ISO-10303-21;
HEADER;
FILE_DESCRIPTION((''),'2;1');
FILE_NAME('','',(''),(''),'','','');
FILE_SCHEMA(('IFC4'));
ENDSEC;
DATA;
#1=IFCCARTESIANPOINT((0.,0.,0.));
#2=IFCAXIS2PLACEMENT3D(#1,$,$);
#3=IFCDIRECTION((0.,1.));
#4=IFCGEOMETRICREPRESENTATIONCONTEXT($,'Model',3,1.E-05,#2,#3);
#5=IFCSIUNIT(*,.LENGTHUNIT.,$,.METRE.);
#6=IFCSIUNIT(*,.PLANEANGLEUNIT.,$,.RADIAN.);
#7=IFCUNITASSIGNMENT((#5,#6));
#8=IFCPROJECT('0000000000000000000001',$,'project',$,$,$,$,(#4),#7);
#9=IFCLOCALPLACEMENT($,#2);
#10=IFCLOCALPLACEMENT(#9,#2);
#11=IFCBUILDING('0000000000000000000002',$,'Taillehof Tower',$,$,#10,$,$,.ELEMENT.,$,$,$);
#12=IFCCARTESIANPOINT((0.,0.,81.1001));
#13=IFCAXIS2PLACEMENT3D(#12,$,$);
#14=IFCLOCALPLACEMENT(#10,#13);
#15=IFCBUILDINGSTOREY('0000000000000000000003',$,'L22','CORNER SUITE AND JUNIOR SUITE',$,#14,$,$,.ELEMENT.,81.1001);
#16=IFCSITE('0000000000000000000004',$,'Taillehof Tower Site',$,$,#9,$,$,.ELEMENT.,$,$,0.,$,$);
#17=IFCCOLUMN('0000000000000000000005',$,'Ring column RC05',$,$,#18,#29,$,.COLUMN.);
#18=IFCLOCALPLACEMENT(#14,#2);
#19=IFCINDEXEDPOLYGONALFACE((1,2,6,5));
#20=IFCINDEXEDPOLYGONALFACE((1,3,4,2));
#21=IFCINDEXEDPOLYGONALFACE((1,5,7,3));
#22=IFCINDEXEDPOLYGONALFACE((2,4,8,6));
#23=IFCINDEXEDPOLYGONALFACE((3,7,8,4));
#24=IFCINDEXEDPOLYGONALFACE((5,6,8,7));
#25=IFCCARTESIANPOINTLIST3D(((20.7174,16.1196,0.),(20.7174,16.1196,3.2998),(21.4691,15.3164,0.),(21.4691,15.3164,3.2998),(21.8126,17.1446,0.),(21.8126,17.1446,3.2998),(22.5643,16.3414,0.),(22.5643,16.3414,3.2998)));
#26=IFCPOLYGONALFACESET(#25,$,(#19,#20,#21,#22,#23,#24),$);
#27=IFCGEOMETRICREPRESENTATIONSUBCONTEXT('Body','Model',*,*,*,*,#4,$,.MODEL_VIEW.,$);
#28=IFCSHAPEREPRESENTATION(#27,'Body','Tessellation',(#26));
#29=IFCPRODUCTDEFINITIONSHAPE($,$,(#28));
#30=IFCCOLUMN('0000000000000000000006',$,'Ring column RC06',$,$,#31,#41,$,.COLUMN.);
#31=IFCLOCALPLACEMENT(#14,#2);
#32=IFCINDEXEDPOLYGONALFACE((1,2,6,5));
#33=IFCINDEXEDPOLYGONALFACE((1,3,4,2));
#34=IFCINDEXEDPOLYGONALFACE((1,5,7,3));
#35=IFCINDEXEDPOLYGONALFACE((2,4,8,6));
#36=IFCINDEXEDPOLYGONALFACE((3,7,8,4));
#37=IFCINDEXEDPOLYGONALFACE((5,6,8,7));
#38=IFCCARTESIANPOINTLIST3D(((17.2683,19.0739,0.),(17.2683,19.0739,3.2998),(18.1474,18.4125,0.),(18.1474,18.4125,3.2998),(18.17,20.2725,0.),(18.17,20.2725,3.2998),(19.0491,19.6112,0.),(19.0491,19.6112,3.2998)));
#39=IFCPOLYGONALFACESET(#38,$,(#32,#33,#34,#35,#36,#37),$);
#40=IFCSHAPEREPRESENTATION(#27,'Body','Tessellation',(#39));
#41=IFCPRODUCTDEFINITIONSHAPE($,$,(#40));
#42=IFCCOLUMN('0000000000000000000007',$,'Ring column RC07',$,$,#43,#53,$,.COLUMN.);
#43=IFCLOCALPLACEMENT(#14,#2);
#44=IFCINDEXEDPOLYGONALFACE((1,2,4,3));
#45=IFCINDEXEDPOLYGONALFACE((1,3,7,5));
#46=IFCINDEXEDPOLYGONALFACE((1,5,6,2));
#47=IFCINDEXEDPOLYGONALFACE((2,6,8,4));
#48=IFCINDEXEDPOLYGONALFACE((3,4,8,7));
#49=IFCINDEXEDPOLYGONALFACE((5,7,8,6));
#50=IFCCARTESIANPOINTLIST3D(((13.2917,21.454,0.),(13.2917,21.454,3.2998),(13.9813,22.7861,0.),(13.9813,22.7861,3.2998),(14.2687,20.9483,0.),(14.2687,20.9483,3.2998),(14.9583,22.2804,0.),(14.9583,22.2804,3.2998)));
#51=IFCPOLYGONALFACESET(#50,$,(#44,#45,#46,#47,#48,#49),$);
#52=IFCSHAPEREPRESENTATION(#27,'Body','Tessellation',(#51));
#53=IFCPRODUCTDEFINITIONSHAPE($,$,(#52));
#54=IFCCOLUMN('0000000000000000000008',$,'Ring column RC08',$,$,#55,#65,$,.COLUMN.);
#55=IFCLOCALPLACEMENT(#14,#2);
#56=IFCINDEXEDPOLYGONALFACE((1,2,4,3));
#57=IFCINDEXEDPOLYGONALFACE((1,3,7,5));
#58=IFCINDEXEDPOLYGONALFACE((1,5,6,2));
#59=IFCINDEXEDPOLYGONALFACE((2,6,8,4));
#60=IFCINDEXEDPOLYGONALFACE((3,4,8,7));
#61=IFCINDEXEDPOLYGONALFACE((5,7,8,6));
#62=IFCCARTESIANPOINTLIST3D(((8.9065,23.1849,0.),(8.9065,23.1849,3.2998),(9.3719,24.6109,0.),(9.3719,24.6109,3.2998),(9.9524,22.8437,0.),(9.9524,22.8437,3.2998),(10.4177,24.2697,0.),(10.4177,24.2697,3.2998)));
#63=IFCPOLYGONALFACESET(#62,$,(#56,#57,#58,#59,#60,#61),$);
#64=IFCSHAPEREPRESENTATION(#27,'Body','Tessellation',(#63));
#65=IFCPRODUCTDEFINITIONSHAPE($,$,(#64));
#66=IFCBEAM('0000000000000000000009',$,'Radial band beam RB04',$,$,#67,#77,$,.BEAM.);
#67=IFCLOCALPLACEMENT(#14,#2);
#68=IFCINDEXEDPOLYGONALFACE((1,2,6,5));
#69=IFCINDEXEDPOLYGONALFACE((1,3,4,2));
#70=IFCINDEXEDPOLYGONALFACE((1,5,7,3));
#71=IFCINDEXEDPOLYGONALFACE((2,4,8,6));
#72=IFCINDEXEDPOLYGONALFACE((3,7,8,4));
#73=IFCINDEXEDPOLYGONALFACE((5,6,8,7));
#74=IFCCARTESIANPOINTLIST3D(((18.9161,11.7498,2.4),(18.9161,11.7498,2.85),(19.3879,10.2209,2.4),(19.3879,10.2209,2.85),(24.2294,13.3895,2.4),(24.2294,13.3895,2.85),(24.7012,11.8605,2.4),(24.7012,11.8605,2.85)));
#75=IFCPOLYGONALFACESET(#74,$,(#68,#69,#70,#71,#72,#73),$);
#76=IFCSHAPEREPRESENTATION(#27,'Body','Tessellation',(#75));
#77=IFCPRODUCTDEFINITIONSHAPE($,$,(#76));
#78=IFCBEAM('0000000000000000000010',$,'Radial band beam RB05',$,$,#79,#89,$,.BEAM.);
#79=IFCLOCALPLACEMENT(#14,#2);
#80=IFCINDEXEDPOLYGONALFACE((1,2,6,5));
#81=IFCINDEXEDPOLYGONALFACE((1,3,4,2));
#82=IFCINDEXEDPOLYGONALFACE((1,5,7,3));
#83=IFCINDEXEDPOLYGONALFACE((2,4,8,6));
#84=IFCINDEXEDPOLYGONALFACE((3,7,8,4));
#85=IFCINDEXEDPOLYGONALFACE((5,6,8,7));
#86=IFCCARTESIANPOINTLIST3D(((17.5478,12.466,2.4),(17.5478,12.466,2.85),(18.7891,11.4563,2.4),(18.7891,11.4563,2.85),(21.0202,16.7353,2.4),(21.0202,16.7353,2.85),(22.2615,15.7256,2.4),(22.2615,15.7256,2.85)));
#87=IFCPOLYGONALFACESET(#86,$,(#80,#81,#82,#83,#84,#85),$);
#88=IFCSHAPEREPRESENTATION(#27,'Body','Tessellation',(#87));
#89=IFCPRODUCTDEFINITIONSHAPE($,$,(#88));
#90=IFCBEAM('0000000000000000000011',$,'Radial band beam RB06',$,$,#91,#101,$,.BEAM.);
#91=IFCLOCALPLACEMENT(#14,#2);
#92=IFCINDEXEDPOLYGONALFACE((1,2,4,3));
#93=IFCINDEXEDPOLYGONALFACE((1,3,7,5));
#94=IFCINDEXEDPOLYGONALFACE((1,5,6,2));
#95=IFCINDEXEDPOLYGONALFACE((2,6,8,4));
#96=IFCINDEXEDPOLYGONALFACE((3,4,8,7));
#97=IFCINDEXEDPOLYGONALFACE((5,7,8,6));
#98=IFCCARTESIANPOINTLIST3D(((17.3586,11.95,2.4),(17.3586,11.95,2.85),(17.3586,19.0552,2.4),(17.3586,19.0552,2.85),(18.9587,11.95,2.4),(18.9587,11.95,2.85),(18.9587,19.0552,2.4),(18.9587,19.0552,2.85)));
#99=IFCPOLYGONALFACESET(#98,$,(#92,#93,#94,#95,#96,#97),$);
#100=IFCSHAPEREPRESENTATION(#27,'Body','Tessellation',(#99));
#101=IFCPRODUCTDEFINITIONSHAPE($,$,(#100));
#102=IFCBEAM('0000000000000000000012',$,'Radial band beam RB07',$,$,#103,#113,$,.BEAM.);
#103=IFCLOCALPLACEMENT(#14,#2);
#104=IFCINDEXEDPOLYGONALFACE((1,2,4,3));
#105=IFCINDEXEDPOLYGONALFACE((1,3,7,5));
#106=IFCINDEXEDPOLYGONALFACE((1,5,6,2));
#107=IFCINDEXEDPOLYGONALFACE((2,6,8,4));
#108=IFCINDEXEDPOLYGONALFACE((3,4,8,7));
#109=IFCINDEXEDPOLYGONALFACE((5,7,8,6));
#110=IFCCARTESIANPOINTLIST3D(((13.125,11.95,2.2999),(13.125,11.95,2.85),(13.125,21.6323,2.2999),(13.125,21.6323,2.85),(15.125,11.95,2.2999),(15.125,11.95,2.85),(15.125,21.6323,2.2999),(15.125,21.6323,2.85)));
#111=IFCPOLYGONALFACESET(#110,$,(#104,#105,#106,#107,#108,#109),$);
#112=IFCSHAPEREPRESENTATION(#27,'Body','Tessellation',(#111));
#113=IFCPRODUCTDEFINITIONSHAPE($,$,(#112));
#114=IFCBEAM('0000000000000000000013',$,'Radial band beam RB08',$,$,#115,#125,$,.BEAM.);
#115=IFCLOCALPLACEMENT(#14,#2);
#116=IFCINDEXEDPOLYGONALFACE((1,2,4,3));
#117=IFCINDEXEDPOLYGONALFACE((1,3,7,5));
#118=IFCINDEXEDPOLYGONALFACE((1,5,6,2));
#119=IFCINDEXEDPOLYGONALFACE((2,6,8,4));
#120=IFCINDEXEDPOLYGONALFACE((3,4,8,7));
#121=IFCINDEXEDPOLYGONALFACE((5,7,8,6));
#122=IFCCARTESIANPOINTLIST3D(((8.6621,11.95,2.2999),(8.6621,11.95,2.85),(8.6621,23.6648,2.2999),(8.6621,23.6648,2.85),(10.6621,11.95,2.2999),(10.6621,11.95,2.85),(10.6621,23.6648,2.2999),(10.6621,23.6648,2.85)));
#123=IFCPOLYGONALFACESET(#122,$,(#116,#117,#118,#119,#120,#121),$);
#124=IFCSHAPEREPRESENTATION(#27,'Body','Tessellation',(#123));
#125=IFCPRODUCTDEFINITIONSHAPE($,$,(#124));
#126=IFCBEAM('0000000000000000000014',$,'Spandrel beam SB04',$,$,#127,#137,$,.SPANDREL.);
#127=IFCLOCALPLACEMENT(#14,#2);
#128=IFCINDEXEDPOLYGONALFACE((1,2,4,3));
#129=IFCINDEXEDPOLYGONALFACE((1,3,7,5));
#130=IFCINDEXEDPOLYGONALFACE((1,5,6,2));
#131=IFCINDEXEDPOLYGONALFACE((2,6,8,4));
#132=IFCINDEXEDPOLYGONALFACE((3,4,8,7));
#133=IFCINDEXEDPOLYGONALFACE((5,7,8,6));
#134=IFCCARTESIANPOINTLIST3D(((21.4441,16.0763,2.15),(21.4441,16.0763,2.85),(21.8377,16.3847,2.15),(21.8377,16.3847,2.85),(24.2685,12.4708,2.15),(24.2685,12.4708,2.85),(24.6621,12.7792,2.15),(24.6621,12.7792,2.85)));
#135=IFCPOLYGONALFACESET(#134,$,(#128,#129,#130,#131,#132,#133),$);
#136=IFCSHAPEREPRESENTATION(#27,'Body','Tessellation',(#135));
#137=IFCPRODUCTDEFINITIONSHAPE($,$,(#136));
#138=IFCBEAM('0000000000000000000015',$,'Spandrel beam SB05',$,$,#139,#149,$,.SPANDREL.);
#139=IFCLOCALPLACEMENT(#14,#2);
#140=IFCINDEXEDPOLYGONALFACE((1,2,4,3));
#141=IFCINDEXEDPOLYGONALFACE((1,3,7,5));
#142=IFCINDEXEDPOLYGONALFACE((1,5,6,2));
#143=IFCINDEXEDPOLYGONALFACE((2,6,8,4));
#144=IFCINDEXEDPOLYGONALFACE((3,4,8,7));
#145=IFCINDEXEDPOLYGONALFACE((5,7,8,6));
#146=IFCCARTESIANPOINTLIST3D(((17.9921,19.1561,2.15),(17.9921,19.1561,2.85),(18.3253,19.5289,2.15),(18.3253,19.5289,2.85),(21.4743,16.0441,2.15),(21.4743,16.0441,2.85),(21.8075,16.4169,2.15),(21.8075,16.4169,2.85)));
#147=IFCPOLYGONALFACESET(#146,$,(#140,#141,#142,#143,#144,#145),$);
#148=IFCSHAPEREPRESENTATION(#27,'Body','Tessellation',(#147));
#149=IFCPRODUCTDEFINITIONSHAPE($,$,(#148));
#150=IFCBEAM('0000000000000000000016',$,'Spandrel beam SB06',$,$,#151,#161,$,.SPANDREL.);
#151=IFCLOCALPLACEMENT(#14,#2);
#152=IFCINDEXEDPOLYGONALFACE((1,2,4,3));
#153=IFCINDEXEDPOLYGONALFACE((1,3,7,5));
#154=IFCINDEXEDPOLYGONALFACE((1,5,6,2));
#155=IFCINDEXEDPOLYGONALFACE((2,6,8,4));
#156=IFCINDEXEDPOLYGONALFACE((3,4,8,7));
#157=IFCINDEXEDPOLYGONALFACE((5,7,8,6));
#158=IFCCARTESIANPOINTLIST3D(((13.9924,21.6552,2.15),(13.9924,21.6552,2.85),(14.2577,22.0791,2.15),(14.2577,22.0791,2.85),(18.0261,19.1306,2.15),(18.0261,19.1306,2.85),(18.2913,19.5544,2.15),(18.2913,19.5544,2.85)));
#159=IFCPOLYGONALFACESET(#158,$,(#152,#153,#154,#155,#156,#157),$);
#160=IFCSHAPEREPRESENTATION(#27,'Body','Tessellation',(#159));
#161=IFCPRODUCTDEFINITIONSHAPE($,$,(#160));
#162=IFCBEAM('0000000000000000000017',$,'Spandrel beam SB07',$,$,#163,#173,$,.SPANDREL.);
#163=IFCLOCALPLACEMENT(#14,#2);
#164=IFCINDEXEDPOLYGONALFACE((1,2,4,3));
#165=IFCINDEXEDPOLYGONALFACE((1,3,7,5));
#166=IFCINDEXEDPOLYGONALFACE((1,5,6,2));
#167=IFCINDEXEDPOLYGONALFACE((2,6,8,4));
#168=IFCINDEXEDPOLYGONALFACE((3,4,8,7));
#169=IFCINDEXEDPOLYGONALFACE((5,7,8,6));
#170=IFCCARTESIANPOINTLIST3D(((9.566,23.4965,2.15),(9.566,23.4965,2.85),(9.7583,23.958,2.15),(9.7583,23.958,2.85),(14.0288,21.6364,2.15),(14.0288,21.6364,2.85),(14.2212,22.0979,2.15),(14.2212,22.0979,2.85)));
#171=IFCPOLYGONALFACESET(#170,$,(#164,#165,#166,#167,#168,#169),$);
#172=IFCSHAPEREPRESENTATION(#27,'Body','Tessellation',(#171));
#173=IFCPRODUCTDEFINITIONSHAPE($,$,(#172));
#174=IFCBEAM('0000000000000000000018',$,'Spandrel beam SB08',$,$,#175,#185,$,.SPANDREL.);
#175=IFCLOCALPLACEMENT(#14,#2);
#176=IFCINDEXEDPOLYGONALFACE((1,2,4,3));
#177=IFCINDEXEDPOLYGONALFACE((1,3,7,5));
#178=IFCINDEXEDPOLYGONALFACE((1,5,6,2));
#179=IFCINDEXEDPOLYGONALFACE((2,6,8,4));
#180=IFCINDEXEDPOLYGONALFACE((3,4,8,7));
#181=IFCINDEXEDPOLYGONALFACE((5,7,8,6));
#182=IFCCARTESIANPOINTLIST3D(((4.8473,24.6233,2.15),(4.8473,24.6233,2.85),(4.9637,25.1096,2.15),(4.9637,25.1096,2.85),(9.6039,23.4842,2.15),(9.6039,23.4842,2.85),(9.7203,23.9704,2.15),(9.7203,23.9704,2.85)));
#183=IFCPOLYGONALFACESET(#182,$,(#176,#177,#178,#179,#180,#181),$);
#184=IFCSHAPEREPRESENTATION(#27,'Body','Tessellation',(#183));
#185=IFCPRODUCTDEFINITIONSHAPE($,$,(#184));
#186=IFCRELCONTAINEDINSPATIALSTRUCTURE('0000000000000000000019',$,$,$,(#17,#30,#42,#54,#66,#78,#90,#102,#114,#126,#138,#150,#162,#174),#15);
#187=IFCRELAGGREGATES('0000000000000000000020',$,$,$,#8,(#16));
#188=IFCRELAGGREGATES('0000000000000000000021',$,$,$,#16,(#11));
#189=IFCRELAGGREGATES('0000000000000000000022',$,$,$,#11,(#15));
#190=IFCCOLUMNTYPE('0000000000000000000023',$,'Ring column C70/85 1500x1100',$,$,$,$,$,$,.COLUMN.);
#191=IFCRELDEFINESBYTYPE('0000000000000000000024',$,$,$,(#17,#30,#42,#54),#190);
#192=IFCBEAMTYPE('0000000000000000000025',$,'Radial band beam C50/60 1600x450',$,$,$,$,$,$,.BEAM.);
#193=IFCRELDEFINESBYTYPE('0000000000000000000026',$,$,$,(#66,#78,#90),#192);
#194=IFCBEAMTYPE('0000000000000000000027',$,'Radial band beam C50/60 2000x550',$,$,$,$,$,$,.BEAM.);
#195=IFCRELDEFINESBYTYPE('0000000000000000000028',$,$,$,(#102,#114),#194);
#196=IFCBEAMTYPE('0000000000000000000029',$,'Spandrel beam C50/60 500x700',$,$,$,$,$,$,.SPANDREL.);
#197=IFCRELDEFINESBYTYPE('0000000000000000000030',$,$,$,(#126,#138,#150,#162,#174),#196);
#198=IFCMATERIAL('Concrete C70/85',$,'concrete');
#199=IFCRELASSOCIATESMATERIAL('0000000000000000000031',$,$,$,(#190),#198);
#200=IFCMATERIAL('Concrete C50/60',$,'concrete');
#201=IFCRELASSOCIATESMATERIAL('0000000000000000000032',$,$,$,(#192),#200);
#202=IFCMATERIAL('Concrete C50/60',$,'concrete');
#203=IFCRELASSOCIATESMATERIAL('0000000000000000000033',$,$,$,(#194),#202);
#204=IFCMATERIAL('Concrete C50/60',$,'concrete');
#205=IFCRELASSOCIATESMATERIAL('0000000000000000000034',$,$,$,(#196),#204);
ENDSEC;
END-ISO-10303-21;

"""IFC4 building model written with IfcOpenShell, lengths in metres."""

from ifc_helpers import new_model, si_unit, direction, frame, origin, origin_2d, place, context, subcontext, project, spatial, rectangle, extrude, material, material_profile, profile_set, type_object, element, save


model = new_model("IFC4")

# Units and contexts
model_context = context("Model", 3, precision=1e-05, world=origin(), true_north=direction((0.0, 1.0)))
body_context = subcontext(model_context, "Body", "Model", "MODEL_VIEW")
ifc_project = project(units=[si_unit("LENGTHUNIT", "METRE"), si_unit("PLANEANGLEUNIT", "RADIAN")], contexts=[model_context])

# Site, building, storey
site_placement = place(None, origin())
site = spatial("IfcSite", under=ifc_project, at=site_placement, Name="Taillehof Tower Site", CompositionType="ELEMENT", RefElevation=0.0)
building_placement = place(site_placement, origin())
building = spatial("IfcBuilding", under=site, at=building_placement, Name="Taillehof Tower", CompositionType="ELEMENT")
storey_placement = place(building_placement, frame((0.0, 0.0, 81.1001)))
storey = spatial("IfcBuildingStorey", under=building, at=storey_placement, Name="L22", Description="CORNER SUITE AND JUNIOR SUITE", CompositionType="ELEMENT", Elevation=81.1001)

# Columns
ifc_material_1 = material(Name="Concrete C70/85", Category="concrete")
ifc_material_profile_1 = material_profile(ifc_material_1, rectangle(XDim=1.5, YDim=1.1001, at=origin_2d()), Name="RC 1500x1100")
ifc_profile_set_1 = profile_set([ifc_material_profile_1], Name="Concrete C70/85")
column_type = type_object("IfcColumnType", Name="Ring column C70/85 1500x1100", PredefinedType="COLUMN", material=ifc_profile_set_1)
for number, where, z_axis, x_axis, name in (
    (1, (21.6409, 16.2305, 0.0), (0.0, 0.0, 1.0), (0.730113, 0.683326, 0.0), "Ring column RC05"),
    (2, (18.1587, 19.3425, 0.0), (0.0, 0.0, 1.0), (0.601174, 0.799118, 0.0), "Ring column RC06"),
    (3, (14.125, 21.8672, 0.0), (0.0, 0.0, 1.0), (0.459691, 0.888079, 0.0), "Ring column RC07"),
    (4, (9.6621, 23.7273, 0.0), (0.0, 0.0, 1.0), (0.310219, 0.950665, 0.0), "Ring column RC08"),
):
    element("IfcColumn", number, at=place(storey_placement, frame(where, z_axis=z_axis, x_axis=x_axis)), inside=storey, type_object=column_type, Name=name, PredefinedType="COLUMN", context=body_context, shape_type="SweptSolid", body=[
        extrude(rectangle(XDim=1.5, YDim=1.1001, at=origin_2d()), origin(), (0.0, 0.0, 1.0), 3.2998),
    ])

# Beams
ifc_material_2 = material(Name="Concrete C50/60", Category="concrete")
ifc_material_profile_2 = material_profile(ifc_material_2, rectangle(XDim=1.6001, YDim=0.45, at=origin_2d()), Name="RC 1600x450")
ifc_profile_set_2 = profile_set([ifc_material_profile_2], Name="Concrete C50/60")
beam_type_1 = type_object("IfcBeamType", Name="Radial band beam C50/60 1600x450", PredefinedType="BEAM", material=ifc_profile_set_2)
beam_1_placement = place(storey_placement, frame((24.4653, 12.625, 2.625), z_axis=(-0.955536, -0.294876, 0.0), x_axis=(0.294876, -0.955536, 0.0)))
element("IfcBeam", 5, at=beam_1_placement, inside=storey, type_object=beam_type_1, Name="Radial band beam RB04", PredefinedType="BEAM", context=body_context, shape_type="SweptSolid", body=[
    extrude(rectangle(XDim=1.6001, YDim=0.45, at=origin_2d()), origin(), (0.0, 0.0, 1.0), 5.5605),
])
beam_2_placement = place(storey_placement, frame((21.6409, 16.2305, 2.625), z_axis=(-0.630988, -0.775792, 0.0), x_axis=(0.775792, -0.630988, 0.0)))
element("IfcBeam", 6, at=beam_2_placement, inside=storey, type_object=beam_type_1, Name="Radial band beam RB05", PredefinedType="BEAM", context=body_context, shape_type="SweptSolid", body=[
    extrude(rectangle(XDim=1.6001, YDim=0.45, at=origin_2d()), origin(), (0.0, 0.0, 1.0), 5.5032),
])
beam_3_placement = place(storey_placement, frame((18.1587, 19.0552, 2.625), z_axis=(0.0, -1.0, 0.0), x_axis=(1.0, 0.0, 0.0)))
element("IfcBeam", 7, at=beam_3_placement, inside=storey, type_object=beam_type_1, Name="Radial band beam RB06", PredefinedType="BEAM", context=body_context, shape_type="SweptSolid", body=[
    extrude(rectangle(XDim=1.6001, YDim=0.45, at=origin_2d()), origin(), (0.0, 0.0, 1.0), 7.1052),
])
ifc_material_3 = material(Name="Concrete C50/60", Category="concrete")
ifc_material_profile_3 = material_profile(ifc_material_3, rectangle(XDim=2.0, YDim=0.55, at=origin_2d()), Name="RC 2000x550")
ifc_profile_set_3 = profile_set([ifc_material_profile_3], Name="Concrete C50/60")
beam_type_2 = type_object("IfcBeamType", Name="Radial band beam C50/60 2000x550", PredefinedType="BEAM", material=ifc_profile_set_3)
beam_4_placement = place(storey_placement, frame((14.125, 21.6323, 2.575), z_axis=(0.0, -1.0, 0.0), x_axis=(1.0, 0.0, 0.0)))
element("IfcBeam", 8, at=beam_4_placement, inside=storey, type_object=beam_type_2, Name="Radial band beam RB07", PredefinedType="BEAM", context=body_context, shape_type="SweptSolid", body=[
    extrude(rectangle(XDim=2.0, YDim=0.55, at=origin_2d()), origin(), (0.0, 0.0, 1.0), 9.6824),
])
beam_5_placement = place(storey_placement, frame((9.6621, 23.6648, 2.575), z_axis=(0.0, -1.0, 0.0), x_axis=(1.0, 0.0, 0.0)))
element("IfcBeam", 9, at=beam_5_placement, inside=storey, type_object=beam_type_2, Name="Radial band beam RB08", PredefinedType="BEAM", context=body_context, shape_type="SweptSolid", body=[
    extrude(rectangle(XDim=2.0, YDim=0.55, at=origin_2d()), origin(), (0.0, 0.0, 1.0), 11.7148),
])
ifc_material_4 = material(Name="Concrete C50/60", Category="concrete")
ifc_material_profile_4 = material_profile(ifc_material_4, rectangle(XDim=0.5, YDim=0.7, at=origin_2d()), Name="RC 500x700")
ifc_profile_set_4 = profile_set([ifc_material_profile_4], Name="Concrete C50/60")
beam_type_3 = type_object("IfcBeamType", Name="Spandrel beam C50/60 500x700", PredefinedType="SPANDREL", material=ifc_profile_set_4)
beam_6_placement = place(storey_placement, frame((24.4653, 12.625, 2.5), z_axis=(-0.616686, 0.787209, 0.0), x_axis=(-0.787209, -0.616686, 0.0)))
element("IfcBeam", 10, at=beam_6_placement, inside=storey, type_object=beam_type_3, Name="Spandrel beam SB04", PredefinedType="SPANDREL", context=body_context, shape_type="SweptSolid", body=[
    extrude(rectangle(XDim=0.5, YDim=0.7, at=origin_2d()), origin(), (0.0, 0.0, 1.0), 4.5801),
])
beam_7_placement = place(storey_placement, frame((21.6409, 16.2305, 2.5), z_axis=(-0.745621, 0.66637, 0.0), x_axis=(-0.66637, -0.745621, 0.0)))
element("IfcBeam", 11, at=beam_7_placement, inside=storey, type_object=beam_type_3, Name="Spandrel beam SB05", PredefinedType="SPANDREL", context=body_context, shape_type="SweptSolid", body=[
    extrude(rectangle(XDim=0.5, YDim=0.7, at=origin_2d()), origin(), (0.0, 0.0, 1.0), 4.6702),
])
beam_8_placement = place(storey_placement, frame((18.1587, 19.3425, 2.5), z_axis=(-0.847658, 0.530543, 0.0), x_axis=(-0.530543, -0.847658, 0.0)))
element("IfcBeam", 12, at=beam_8_placement, inside=storey, type_object=beam_type_3, Name="Spandrel beam SB06", PredefinedType="SPANDREL", context=body_context, shape_type="SweptSolid", body=[
    extrude(rectangle(XDim=0.5, YDim=0.7, at=origin_2d()), origin(), (0.0, 0.0, 1.0), 4.7585),
])
beam_9_placement = place(storey_placement, frame((14.125, 21.8672, 2.5), z_axis=(-0.923035, 0.384716, 0.0), x_axis=(-0.384716, -0.923035, 0.0)))
element("IfcBeam", 13, at=beam_9_placement, inside=storey, type_object=beam_type_3, Name="Spandrel beam SB07", PredefinedType="SPANDREL", context=body_context, shape_type="SweptSolid", body=[
    extrude(rectangle(XDim=0.5, YDim=0.7, at=origin_2d()), origin(), (0.0, 0.0, 1.0), 4.835),
])
beam_10_placement = place(storey_placement, frame((9.6621, 23.7273, 2.5), z_axis=(-0.9725, 0.232905, 0.0), x_axis=(-0.232905, -0.9725, 0.0)))
element("IfcBeam", 14, at=beam_10_placement, inside=storey, type_object=beam_type_3, Name="Spandrel beam SB08", PredefinedType="SPANDREL", context=body_context, shape_type="SweptSolid", body=[
    extrude(rectangle(XDim=0.5, YDim=0.7, at=origin_2d()), origin(), (0.0, 0.0, 1.0), 4.8911),
])

save(model, "model.ifc")
